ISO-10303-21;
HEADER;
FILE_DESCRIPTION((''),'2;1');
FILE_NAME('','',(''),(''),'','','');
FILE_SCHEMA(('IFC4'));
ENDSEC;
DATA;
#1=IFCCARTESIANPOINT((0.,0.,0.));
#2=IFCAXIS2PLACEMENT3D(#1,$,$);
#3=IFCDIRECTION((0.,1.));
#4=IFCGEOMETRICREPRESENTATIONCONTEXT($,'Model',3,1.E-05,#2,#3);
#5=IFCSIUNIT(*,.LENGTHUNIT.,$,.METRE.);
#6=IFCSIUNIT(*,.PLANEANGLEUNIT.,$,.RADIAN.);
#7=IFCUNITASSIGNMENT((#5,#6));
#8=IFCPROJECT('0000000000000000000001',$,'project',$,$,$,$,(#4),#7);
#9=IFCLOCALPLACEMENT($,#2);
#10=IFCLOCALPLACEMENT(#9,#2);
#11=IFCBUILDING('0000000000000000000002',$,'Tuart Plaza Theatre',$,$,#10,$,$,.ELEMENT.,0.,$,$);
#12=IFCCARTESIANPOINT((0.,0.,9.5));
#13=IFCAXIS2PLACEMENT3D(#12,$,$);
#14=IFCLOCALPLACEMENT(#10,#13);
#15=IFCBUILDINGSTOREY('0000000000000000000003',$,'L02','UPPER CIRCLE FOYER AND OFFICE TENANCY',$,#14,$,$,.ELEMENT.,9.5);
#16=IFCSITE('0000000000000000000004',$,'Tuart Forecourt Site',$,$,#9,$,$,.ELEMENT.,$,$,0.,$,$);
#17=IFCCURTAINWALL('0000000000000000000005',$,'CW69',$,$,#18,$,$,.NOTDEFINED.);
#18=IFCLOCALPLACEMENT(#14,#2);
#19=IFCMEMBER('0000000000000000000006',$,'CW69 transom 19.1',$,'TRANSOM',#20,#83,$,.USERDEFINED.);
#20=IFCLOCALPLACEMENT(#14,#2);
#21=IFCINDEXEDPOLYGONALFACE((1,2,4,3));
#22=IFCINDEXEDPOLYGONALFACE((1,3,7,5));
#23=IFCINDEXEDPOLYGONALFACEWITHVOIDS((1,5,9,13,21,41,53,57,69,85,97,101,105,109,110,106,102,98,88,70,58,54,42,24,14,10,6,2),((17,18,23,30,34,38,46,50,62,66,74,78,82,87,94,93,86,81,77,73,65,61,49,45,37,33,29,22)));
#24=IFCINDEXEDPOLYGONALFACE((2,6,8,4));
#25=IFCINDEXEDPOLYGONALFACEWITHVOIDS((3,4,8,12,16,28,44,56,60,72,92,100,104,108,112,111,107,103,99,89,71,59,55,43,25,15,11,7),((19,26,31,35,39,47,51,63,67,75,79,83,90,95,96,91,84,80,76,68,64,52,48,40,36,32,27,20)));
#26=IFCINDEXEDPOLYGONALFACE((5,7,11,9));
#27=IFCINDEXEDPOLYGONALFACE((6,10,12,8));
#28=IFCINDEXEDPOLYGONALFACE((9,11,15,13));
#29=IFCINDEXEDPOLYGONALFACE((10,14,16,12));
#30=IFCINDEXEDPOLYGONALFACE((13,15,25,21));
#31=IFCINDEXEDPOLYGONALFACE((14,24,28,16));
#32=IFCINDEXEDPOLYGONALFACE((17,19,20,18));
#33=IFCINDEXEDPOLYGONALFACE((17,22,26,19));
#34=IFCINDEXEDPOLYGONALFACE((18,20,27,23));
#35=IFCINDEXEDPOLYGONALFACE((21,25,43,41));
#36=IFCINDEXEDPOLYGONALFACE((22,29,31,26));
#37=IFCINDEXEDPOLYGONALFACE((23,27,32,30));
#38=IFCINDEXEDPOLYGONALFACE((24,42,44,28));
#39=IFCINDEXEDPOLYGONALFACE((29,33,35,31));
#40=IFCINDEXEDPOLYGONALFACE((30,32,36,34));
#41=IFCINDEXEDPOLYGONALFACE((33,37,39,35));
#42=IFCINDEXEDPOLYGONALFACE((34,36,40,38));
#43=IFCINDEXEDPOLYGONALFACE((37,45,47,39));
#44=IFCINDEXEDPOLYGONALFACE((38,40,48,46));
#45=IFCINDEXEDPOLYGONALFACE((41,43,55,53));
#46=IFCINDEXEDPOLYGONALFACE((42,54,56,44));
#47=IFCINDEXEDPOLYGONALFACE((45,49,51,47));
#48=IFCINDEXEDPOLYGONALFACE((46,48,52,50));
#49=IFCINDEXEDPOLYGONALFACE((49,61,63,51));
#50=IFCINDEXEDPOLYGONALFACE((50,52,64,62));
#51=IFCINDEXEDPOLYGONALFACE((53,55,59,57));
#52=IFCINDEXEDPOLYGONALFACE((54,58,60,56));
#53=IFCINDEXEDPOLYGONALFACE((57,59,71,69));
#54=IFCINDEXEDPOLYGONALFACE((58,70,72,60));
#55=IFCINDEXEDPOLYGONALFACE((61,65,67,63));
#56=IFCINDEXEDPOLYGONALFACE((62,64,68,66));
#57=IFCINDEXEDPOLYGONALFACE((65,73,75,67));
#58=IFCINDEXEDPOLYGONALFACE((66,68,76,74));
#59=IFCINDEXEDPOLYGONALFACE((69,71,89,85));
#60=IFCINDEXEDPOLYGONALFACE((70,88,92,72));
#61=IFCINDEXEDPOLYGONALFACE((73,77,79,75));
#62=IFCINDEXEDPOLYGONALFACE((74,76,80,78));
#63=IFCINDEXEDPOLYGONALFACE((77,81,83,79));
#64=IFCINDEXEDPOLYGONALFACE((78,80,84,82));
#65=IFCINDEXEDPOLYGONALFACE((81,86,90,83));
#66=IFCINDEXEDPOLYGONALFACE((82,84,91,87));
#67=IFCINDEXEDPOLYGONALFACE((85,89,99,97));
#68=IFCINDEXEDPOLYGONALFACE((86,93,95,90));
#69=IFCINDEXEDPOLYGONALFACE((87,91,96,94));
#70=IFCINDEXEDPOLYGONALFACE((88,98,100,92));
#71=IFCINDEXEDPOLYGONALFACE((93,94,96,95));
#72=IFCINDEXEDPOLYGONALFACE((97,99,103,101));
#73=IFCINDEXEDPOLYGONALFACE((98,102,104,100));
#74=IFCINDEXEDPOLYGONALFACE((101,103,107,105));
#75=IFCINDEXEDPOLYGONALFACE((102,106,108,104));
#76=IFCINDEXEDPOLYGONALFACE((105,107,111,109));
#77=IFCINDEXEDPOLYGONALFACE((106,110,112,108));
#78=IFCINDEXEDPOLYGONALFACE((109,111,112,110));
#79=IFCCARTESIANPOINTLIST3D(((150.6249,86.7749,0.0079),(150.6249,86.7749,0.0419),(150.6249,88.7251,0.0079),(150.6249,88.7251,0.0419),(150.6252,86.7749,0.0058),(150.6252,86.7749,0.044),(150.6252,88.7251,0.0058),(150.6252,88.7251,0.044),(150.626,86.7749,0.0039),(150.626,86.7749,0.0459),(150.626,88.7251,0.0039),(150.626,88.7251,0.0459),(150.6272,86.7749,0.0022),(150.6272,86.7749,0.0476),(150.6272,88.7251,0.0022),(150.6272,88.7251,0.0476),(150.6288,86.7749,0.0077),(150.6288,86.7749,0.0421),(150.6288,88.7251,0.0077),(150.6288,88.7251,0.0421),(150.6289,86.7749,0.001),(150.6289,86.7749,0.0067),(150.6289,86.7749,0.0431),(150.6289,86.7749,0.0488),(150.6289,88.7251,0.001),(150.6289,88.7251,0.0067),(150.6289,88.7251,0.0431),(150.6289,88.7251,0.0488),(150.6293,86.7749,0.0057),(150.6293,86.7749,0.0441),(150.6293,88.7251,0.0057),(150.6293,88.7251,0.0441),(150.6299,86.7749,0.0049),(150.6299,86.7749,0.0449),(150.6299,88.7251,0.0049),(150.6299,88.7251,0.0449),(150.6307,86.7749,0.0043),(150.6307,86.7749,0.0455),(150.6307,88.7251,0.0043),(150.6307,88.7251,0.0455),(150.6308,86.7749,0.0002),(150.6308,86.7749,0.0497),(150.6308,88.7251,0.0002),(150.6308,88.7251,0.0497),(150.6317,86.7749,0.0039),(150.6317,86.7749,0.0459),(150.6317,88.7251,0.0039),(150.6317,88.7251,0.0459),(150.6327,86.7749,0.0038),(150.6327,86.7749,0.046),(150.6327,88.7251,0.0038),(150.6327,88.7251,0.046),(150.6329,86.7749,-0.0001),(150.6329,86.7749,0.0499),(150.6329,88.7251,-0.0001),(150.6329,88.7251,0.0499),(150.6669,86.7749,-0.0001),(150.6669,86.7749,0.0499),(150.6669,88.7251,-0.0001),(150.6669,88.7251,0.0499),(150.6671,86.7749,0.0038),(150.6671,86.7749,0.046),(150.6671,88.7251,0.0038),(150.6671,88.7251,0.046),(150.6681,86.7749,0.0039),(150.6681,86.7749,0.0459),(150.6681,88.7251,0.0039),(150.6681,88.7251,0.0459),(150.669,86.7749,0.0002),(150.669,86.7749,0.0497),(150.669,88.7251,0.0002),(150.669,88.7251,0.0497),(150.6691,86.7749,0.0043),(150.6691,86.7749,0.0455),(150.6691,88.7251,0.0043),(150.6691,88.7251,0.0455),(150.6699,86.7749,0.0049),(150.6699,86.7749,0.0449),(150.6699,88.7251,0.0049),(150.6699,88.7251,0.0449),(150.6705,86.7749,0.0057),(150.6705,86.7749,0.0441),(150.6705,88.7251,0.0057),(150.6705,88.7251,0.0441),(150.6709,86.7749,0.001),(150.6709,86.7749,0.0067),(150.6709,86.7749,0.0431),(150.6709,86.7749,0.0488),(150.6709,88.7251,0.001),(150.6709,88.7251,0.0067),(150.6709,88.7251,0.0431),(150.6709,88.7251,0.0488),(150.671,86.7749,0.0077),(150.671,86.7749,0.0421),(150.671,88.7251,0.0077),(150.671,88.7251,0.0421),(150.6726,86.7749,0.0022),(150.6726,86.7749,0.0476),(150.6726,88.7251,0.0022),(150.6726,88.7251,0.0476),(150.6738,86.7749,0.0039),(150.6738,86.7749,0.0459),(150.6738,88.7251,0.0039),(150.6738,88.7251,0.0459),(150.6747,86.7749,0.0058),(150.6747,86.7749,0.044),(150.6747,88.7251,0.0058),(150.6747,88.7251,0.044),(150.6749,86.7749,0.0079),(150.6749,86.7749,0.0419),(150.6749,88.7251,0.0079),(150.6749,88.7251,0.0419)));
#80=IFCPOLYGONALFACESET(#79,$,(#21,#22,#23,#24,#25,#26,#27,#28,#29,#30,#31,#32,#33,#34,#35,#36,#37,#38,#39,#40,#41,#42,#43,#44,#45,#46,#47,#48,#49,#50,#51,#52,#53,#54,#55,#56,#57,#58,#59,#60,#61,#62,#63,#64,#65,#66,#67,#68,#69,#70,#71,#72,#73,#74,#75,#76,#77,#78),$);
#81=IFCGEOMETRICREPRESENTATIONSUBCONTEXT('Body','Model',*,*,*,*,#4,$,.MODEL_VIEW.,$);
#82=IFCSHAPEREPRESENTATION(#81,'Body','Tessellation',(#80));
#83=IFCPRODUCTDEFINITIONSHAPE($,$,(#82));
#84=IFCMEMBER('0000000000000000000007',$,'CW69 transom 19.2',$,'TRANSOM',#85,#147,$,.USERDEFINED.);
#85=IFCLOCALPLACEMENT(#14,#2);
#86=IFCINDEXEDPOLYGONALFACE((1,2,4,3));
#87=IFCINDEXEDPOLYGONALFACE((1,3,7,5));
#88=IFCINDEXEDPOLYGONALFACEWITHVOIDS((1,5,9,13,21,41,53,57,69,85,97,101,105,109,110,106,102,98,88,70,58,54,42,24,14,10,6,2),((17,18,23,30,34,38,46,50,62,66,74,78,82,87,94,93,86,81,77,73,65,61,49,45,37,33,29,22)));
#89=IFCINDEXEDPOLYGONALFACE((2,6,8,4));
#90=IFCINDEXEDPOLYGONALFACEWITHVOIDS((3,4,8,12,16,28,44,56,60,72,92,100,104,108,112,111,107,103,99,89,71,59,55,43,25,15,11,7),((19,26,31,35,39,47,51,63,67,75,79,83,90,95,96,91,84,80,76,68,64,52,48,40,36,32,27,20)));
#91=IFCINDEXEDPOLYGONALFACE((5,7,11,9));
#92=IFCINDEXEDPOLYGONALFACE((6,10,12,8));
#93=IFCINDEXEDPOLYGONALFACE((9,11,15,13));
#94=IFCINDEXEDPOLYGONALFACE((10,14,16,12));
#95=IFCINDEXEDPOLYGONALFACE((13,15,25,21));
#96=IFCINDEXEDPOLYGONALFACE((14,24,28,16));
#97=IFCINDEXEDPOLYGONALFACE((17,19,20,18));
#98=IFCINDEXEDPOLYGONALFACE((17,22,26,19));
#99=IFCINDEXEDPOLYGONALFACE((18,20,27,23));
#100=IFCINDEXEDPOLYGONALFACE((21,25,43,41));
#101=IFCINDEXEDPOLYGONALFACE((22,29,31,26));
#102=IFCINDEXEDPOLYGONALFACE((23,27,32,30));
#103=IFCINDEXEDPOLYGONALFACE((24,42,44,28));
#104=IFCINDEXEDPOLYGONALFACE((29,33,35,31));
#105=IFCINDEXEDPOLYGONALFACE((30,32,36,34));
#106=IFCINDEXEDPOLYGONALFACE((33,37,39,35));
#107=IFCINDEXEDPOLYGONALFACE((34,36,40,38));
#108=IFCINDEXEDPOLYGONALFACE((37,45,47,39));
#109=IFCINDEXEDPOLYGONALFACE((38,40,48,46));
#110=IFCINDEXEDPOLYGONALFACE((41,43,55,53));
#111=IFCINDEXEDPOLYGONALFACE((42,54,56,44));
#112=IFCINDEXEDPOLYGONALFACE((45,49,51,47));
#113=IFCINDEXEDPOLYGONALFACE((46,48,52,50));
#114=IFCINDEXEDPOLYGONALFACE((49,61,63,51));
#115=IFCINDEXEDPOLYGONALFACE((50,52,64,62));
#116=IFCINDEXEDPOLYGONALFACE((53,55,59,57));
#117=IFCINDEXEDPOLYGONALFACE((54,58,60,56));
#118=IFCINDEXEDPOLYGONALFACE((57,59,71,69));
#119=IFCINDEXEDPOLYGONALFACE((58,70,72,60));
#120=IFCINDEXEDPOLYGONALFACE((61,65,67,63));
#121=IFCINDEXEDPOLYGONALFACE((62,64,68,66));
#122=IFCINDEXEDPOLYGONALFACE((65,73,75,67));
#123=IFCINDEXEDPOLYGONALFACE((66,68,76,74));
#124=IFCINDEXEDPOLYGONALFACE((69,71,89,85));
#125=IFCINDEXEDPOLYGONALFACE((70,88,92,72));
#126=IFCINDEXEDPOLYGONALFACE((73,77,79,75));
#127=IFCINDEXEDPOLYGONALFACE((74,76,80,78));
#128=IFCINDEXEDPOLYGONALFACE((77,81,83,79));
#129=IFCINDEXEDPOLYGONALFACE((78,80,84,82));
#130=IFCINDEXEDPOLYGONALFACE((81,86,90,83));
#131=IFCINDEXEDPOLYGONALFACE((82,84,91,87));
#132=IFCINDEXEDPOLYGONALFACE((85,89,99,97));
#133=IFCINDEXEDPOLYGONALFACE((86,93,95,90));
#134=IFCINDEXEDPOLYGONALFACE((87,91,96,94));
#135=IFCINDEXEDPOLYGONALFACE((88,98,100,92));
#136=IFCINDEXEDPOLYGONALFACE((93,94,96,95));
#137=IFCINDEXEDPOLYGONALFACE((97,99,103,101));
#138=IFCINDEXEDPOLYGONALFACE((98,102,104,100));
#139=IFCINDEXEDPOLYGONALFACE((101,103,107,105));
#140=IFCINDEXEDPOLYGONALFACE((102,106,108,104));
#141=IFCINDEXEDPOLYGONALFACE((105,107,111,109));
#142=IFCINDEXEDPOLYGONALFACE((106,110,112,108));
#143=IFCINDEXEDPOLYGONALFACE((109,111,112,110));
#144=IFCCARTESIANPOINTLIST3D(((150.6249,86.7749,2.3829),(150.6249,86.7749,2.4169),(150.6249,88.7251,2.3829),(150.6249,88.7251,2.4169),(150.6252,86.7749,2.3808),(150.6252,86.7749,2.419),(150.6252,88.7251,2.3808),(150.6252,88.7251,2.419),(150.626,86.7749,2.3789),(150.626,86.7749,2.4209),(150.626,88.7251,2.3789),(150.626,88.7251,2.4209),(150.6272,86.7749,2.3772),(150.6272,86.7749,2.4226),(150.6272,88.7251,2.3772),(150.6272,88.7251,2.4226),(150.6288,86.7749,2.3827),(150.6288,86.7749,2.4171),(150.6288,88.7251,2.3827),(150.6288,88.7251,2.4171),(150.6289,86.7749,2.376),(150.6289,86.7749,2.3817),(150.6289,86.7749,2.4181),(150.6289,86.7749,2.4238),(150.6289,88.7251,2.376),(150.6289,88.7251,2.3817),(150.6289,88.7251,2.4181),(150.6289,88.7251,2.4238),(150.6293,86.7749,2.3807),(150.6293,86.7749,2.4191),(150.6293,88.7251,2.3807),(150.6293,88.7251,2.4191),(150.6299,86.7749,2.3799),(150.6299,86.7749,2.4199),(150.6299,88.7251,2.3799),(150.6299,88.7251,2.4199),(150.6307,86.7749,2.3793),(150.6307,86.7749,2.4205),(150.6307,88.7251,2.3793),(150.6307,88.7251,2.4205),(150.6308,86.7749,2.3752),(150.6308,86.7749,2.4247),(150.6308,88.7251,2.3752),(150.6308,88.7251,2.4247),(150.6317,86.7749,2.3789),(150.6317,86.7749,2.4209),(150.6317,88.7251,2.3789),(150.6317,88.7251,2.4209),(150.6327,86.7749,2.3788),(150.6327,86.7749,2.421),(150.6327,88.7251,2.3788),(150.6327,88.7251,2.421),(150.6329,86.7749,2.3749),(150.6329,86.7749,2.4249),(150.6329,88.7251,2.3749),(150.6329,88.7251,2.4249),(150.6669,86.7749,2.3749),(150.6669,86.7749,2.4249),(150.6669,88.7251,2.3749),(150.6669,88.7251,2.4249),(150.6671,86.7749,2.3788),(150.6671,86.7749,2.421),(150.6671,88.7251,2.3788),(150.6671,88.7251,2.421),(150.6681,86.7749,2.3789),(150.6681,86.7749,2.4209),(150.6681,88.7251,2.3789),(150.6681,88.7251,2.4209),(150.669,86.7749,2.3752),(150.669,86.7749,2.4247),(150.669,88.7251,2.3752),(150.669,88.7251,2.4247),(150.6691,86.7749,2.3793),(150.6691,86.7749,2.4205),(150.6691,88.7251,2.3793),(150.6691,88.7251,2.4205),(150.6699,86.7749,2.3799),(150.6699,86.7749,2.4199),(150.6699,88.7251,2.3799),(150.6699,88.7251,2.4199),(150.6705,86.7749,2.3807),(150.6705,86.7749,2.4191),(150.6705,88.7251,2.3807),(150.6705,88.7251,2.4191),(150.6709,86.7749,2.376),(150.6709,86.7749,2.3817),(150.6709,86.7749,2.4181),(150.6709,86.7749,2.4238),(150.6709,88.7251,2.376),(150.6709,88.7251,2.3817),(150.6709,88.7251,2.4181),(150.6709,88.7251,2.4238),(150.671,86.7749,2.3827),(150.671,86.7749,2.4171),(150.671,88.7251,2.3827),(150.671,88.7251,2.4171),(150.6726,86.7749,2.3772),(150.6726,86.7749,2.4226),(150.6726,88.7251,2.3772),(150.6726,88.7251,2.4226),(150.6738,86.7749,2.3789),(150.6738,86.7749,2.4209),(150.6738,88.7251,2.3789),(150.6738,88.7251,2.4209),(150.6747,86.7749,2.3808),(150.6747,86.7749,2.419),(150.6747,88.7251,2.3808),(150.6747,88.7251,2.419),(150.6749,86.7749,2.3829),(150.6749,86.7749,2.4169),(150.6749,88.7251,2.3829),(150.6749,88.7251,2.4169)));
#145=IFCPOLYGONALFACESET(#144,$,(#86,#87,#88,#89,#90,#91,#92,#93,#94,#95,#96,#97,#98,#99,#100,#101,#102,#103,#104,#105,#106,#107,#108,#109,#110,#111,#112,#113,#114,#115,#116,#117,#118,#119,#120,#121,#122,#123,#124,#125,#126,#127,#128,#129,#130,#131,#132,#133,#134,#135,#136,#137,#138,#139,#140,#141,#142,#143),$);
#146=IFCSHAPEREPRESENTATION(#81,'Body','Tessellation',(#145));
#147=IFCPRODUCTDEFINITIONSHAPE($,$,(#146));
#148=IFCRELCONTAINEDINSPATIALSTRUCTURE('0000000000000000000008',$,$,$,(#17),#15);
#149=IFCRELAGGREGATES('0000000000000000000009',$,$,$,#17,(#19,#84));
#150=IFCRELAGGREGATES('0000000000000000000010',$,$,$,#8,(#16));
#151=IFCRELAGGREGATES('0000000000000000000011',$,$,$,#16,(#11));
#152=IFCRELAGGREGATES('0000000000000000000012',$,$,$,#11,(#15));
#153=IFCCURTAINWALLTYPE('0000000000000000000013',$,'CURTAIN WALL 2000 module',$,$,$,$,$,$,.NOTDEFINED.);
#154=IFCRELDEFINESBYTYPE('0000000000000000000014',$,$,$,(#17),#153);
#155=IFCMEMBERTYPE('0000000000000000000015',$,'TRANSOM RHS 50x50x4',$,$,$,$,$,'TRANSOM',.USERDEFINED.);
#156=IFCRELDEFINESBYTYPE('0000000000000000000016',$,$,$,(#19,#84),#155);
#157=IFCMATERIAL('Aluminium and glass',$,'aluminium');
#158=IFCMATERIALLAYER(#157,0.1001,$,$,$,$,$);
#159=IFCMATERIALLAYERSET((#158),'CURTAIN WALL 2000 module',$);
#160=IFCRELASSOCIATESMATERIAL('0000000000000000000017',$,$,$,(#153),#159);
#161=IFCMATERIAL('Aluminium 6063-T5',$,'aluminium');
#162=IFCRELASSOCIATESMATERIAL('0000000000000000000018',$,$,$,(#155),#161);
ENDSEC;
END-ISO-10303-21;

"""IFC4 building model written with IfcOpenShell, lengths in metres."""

from ifc_helpers import new_model, si_unit, direction, frame, origin, origin_2d, place, context, subcontext, project, spatial, hollow_rectangle, extrude, material, layer, layer_set, material_profile, profile_set, type_object, element, aggregate, save


model = new_model("IFC4")

# Units and contexts
model_context = context("Model", 3, precision=1e-05, world=origin(), true_north=direction((0.0, 1.0)))
body_context = subcontext(model_context, "Body", "Model", "MODEL_VIEW")
ifc_project = project(units=[si_unit("LENGTHUNIT", "METRE"), si_unit("PLANEANGLEUNIT", "RADIAN")], contexts=[model_context])

# Site, building, storey
site_placement = place(None, origin())
site = spatial("IfcSite", under=ifc_project, at=site_placement, Name="Tuart Forecourt Site", CompositionType="ELEMENT", RefElevation=0.0)
building_placement = place(site_placement, origin())
building = spatial("IfcBuilding", under=site, at=building_placement, Name="Tuart Plaza Theatre", CompositionType="ELEMENT", ElevationOfRefHeight=0.0)
storey_placement = place(building_placement, frame((0.0, 0.0, 9.5)))
storey = spatial("IfcBuildingStorey", under=building, at=storey_placement, Name="L02", Description="UPPER CIRCLE FOYER AND OFFICE TENANCY", CompositionType="ELEMENT", Elevation=9.5)

# Curtain wall, members
ifc_material_1 = material(Name="Aluminium and glass", Category="aluminium")
ifc_layer_1 = layer(ifc_material_1, 0.1001)
ifc_layer_set_1 = layer_set([ifc_layer_1], Name="CURTAIN WALL 2000 module")
curtain_wall_type = type_object("IfcCurtainWallType", Name="CURTAIN WALL 2000 module", PredefinedType="NOTDEFINED", material=ifc_layer_set_1)
curtain_wall_placement = place(storey_placement, origin())
curtain_wall = element("IfcCurtainWall", 1, at=curtain_wall_placement, inside=storey, type_object=curtain_wall_type, Name="CW69", PredefinedType="NOTDEFINED")
ifc_material_2 = material(Name="Aluminium 6063-T5", Category="aluminium")
ifc_material_profile_1 = material_profile(ifc_material_2, hollow_rectangle(XDim=0.05, YDim=0.05, WallThickness=0.0039, InnerFilletRadius=0.0039, OuterFilletRadius=0.0081, at=origin_2d()), Name="RHS 50x50x4")
ifc_profile_set_1 = profile_set([ifc_material_profile_1], Name="Aluminium 6063-T5")
member_type_1 = type_object("IfcMemberType", Name="TRANSOM RHS 50x50x4", ElementType="TRANSOM", PredefinedType="USERDEFINED", material=ifc_profile_set_1)
member_1_placement = place(storey_placement, frame((150.6499, 86.7749, 0.0249), z_axis=(0.0, 1.0, 0.0), x_axis=(-1.0, 0.0, 0.0)))
member_1 = element("IfcMember", 2, at=member_1_placement, type_object=member_type_1, Name="CW69 transom 19.1", ObjectType="TRANSOM", PredefinedType="USERDEFINED", context=body_context, shape_type="SweptSolid", body=[
    extrude(hollow_rectangle(XDim=0.05, YDim=0.05, WallThickness=0.0039, InnerFilletRadius=0.0039, OuterFilletRadius=0.0081, at=origin_2d()), origin(), (0.0, 0.0, 1.0), 1.9502),
])
member_2_placement = place(storey_placement, frame((150.6499, 86.7749, 2.3999), z_axis=(0.0, 1.0, 0.0), x_axis=(-1.0, 0.0, 0.0)))
member_2 = element("IfcMember", 3, at=member_2_placement, type_object=member_type_1, Name="CW69 transom 19.2", ObjectType="TRANSOM", PredefinedType="USERDEFINED", context=body_context, shape_type="SweptSolid", body=[
    extrude(hollow_rectangle(XDim=0.05, YDim=0.05, WallThickness=0.0039, InnerFilletRadius=0.0039, OuterFilletRadius=0.0081, at=origin_2d()), origin(), (0.0, 0.0, 1.0), 1.9502),
])
aggregate(curtain_wall, [member_1, member_2])

save(model, "model.ifc")
